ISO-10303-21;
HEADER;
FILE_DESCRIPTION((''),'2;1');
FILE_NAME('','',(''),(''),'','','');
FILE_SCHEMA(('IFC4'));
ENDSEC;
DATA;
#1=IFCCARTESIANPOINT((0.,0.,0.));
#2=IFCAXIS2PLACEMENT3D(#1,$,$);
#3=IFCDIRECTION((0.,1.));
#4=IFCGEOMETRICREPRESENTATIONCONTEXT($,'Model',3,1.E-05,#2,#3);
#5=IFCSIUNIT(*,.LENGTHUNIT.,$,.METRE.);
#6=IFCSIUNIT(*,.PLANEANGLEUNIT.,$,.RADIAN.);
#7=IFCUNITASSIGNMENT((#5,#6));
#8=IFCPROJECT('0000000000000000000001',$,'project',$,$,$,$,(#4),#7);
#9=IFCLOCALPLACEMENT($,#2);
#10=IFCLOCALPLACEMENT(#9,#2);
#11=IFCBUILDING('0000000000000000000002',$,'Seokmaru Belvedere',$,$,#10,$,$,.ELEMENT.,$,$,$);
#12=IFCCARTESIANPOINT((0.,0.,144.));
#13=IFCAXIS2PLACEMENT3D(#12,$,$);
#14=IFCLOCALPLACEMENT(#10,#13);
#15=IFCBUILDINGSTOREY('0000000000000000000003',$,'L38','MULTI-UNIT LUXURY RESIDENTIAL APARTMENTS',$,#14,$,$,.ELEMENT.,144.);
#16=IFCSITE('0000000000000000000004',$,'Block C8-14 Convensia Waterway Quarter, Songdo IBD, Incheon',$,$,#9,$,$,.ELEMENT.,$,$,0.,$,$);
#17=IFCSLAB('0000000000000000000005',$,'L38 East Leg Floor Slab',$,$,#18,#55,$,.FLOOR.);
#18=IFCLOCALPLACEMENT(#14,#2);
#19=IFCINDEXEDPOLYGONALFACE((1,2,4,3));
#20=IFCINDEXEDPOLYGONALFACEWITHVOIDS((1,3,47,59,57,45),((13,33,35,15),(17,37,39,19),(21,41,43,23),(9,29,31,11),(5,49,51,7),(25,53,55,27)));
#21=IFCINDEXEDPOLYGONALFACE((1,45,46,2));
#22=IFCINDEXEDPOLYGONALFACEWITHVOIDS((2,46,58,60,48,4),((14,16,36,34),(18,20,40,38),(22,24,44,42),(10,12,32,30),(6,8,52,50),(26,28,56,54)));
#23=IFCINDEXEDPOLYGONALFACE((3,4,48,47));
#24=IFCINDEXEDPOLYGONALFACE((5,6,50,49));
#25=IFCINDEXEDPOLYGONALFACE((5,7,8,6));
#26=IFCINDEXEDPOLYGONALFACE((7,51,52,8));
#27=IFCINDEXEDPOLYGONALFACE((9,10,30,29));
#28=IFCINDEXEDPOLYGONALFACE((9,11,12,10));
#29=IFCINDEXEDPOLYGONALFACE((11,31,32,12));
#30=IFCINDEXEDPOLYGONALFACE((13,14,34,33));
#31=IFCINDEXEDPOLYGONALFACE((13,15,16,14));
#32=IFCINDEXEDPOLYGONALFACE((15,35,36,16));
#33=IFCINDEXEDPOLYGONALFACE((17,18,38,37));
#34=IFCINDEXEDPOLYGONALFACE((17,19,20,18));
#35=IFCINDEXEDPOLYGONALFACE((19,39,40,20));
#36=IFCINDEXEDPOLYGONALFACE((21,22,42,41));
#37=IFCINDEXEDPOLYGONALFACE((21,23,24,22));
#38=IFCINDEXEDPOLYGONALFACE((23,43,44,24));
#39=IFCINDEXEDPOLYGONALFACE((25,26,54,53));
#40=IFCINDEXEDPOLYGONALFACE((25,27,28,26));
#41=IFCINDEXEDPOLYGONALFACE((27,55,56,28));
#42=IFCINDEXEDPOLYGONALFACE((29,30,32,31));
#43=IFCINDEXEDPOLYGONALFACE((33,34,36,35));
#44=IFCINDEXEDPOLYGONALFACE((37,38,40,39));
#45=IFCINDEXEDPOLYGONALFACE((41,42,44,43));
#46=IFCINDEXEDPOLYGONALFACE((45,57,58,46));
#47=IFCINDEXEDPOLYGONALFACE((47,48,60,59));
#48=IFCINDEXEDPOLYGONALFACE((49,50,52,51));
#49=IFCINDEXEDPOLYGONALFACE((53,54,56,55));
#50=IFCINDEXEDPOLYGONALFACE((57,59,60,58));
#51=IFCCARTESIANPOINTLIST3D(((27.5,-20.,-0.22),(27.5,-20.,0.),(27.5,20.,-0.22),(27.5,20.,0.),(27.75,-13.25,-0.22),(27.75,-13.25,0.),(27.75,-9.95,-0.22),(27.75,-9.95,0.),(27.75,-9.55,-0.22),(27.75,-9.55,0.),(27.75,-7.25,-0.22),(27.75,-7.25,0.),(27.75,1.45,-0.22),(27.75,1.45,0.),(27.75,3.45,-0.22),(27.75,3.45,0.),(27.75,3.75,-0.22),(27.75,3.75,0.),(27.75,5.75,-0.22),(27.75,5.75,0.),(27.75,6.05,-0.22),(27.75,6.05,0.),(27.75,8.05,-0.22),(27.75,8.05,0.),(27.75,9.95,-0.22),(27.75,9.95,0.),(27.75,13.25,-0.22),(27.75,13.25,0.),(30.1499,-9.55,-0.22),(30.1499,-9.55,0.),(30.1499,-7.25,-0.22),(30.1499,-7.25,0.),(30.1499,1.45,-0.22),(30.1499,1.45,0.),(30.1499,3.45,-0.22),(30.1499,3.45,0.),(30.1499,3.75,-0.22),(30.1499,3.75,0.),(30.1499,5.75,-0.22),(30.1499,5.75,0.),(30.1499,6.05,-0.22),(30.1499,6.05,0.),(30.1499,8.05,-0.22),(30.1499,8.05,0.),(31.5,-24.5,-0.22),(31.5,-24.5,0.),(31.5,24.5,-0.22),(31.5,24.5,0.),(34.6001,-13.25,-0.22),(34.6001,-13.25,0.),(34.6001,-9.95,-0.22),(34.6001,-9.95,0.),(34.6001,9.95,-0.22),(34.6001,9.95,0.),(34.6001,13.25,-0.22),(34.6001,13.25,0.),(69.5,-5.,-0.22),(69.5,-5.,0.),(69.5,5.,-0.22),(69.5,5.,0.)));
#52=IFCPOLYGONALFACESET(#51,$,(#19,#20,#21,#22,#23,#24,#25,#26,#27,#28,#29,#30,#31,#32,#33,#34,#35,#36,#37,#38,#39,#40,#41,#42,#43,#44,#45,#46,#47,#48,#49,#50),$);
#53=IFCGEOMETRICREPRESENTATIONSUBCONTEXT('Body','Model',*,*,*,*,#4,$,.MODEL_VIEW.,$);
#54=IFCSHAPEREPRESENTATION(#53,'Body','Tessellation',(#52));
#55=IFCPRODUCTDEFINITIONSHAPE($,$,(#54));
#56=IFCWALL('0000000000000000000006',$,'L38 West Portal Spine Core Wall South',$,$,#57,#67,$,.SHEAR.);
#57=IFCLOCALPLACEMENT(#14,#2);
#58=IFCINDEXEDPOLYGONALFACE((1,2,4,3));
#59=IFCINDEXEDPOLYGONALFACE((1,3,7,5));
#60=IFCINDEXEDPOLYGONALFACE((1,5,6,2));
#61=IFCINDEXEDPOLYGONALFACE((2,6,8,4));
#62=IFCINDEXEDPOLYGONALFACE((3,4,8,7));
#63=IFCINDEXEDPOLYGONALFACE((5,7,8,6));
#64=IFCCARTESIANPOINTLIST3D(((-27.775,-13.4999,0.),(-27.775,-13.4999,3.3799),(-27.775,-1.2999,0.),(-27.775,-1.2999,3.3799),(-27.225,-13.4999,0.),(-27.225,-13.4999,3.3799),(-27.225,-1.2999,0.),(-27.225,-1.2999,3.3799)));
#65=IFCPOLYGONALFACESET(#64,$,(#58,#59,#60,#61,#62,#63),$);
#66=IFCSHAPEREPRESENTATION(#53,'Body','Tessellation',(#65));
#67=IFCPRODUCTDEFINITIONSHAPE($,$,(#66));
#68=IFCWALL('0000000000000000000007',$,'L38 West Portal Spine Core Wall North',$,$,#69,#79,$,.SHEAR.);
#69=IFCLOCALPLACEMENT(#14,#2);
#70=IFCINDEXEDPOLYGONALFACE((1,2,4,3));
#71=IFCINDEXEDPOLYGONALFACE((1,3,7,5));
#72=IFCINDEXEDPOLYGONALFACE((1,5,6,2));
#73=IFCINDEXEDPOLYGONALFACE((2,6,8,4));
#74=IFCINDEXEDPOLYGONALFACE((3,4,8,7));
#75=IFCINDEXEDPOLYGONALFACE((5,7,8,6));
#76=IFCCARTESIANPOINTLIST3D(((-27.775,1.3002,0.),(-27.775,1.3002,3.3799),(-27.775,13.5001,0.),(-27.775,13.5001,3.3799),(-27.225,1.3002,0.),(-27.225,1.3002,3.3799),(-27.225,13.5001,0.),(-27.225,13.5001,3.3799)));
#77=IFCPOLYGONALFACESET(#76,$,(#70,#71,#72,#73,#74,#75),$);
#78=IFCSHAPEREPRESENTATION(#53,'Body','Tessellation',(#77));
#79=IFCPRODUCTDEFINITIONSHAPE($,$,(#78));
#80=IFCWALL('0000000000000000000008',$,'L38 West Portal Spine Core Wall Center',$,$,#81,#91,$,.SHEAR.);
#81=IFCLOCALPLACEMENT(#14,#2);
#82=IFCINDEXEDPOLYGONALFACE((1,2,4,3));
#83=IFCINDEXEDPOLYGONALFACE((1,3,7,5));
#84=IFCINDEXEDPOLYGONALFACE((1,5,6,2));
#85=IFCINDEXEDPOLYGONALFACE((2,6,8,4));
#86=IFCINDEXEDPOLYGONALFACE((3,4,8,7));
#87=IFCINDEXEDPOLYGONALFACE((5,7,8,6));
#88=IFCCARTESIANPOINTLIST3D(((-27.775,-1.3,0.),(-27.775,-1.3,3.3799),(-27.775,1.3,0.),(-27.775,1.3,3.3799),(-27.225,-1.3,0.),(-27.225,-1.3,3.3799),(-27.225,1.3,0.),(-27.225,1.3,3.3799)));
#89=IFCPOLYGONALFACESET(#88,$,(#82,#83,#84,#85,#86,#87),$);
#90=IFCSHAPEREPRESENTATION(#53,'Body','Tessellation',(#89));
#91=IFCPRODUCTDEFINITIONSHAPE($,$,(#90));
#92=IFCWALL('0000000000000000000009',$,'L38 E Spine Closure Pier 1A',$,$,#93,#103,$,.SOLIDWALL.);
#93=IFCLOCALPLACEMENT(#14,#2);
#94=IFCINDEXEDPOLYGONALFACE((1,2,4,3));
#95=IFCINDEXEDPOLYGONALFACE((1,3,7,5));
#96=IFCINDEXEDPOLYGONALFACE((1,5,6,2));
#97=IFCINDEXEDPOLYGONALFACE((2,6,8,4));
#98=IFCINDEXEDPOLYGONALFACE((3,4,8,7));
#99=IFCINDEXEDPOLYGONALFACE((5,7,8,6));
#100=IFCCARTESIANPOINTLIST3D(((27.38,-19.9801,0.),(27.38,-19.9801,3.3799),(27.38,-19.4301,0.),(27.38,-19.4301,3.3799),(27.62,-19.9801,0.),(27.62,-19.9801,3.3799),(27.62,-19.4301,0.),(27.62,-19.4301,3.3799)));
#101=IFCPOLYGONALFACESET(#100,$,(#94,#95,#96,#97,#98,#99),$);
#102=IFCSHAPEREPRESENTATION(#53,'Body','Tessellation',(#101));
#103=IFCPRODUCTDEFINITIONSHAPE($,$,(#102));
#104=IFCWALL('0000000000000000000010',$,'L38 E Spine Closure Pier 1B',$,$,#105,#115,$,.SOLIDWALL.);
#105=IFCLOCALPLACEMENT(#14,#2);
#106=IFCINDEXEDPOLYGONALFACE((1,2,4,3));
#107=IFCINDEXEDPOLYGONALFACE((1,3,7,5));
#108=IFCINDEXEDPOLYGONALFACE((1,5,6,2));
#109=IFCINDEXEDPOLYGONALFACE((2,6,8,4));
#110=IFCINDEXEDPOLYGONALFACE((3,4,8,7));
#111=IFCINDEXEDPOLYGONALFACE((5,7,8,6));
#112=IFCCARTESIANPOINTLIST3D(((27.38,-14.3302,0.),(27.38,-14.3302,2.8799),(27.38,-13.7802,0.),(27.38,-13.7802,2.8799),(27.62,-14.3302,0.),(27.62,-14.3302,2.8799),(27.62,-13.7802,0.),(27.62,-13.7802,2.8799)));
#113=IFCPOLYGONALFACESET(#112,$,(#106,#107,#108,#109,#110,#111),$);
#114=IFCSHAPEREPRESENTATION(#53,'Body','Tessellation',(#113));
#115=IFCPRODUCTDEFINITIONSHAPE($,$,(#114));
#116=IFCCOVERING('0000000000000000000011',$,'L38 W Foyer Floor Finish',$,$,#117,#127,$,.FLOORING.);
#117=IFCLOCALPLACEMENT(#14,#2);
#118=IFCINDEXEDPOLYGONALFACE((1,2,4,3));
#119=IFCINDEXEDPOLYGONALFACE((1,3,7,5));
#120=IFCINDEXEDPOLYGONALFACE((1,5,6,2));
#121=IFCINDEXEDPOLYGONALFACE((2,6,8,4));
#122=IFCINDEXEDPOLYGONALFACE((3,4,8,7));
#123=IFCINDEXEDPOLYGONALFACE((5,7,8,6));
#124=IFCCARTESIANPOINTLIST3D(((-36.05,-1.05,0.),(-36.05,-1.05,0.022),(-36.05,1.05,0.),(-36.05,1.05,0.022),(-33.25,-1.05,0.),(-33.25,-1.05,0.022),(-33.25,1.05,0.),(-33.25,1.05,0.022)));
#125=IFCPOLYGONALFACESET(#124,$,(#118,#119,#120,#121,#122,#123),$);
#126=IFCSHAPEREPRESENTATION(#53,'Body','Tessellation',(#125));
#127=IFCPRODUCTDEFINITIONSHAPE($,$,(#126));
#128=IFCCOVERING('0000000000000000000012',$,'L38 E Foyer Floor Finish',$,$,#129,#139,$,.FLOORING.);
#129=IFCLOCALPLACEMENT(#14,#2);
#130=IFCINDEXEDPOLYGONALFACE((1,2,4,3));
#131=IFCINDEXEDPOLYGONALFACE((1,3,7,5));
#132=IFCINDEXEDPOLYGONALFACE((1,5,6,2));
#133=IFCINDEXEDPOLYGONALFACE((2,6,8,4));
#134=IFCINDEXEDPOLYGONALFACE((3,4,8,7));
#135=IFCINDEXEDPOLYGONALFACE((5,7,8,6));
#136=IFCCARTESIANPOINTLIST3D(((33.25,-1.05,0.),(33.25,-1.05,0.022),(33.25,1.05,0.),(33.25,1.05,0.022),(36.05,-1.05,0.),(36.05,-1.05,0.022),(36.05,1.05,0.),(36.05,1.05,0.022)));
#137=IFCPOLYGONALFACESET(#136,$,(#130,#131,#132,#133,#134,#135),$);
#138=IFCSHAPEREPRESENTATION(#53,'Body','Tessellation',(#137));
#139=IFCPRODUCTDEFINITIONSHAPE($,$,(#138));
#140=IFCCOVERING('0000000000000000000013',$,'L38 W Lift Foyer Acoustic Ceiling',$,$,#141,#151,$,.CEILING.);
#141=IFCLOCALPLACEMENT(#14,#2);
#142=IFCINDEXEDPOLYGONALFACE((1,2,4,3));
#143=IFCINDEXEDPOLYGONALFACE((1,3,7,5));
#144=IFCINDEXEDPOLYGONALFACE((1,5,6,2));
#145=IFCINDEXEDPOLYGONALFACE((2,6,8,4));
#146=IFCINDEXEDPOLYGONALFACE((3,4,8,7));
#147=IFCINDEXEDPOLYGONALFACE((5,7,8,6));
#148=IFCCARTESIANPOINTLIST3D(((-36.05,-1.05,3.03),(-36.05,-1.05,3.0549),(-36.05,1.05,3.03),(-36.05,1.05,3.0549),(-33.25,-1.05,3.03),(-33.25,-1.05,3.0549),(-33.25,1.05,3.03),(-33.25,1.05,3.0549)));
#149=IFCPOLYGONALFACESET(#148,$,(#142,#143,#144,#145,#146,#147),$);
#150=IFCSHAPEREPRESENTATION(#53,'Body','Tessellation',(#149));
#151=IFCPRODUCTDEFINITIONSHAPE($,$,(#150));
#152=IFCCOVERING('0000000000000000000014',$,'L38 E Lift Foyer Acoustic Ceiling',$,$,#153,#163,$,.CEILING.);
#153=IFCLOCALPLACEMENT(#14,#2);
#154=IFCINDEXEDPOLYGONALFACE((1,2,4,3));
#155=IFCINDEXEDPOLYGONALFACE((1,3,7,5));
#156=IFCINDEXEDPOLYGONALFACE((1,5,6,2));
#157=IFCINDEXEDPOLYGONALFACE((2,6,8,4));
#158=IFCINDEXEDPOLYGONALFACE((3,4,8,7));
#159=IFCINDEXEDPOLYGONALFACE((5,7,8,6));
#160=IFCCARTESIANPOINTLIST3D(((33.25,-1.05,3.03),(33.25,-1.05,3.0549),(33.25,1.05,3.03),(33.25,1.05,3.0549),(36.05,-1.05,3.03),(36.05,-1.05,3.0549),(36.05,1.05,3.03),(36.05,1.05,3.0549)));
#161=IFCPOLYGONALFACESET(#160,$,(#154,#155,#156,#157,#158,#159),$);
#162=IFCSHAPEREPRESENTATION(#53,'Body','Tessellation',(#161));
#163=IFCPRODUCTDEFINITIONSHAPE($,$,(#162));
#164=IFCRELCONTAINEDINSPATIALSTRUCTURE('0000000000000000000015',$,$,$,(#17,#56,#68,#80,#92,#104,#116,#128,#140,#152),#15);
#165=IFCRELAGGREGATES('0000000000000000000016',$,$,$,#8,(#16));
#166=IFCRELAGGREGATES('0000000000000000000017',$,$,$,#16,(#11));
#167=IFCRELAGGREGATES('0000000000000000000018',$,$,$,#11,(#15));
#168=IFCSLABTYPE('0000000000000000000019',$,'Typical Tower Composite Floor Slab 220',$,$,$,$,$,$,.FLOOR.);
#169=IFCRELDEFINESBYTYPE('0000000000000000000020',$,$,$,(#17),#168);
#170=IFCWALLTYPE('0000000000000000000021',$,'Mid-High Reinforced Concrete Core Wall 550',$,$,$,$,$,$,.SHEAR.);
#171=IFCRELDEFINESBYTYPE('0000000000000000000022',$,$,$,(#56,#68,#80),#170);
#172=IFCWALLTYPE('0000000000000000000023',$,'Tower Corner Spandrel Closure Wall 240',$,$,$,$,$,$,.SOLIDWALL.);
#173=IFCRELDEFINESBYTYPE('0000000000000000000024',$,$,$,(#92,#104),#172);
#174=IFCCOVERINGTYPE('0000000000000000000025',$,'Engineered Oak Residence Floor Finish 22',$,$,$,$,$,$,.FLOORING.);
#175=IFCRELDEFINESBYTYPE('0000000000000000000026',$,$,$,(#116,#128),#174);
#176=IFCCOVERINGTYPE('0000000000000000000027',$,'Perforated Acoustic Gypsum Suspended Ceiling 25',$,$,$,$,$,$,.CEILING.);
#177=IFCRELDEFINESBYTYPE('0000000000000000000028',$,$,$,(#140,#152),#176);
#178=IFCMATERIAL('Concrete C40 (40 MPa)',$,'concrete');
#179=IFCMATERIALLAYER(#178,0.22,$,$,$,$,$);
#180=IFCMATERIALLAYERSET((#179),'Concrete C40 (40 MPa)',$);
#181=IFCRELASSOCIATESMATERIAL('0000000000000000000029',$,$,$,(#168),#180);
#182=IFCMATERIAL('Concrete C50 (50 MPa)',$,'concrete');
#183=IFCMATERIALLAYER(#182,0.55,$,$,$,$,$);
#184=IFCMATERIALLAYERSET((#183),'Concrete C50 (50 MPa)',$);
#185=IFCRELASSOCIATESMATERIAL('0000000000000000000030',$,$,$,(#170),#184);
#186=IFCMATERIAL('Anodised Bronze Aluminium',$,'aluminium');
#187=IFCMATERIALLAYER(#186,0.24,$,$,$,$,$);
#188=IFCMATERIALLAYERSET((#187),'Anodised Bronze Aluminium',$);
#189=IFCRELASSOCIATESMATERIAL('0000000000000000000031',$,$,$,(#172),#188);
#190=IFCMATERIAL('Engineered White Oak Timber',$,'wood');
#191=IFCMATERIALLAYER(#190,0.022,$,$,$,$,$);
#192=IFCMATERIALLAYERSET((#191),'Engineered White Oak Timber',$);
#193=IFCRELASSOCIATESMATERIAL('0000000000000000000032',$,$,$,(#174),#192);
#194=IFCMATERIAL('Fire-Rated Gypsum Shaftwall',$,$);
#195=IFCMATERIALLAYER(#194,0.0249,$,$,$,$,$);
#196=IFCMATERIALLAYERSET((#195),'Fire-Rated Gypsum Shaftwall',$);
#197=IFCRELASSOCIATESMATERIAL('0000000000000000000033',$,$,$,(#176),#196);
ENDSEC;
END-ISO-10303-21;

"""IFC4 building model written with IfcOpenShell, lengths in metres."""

from ifc_helpers import new_model, si_unit, direction, frame, frame_2d, origin, place, context, subcontext, project, spatial, polyline, rectangle, outline, extrude, material, layer, layer_set, type_object, element, save


model = new_model("IFC4")

# Units and contexts
model_context = context("Model", 3, precision=1e-05, world=origin(), true_north=direction((0.0, 1.0)))
body_context = subcontext(model_context, "Body", "Model", "MODEL_VIEW")
ifc_project = project(units=[si_unit("LENGTHUNIT", "METRE"), si_unit("PLANEANGLEUNIT", "RADIAN")], contexts=[model_context])

# Site, building, storey
site_placement = place(None, origin())
site = spatial("IfcSite", under=ifc_project, at=site_placement, Name="Block C8-14 Convensia Waterway Quarter, Songdo IBD, Incheon", CompositionType="ELEMENT", RefElevation=0.0)
building_placement = place(site_placement, origin())
building = spatial("IfcBuilding", under=site, at=building_placement, Name="Seokmaru Belvedere", CompositionType="ELEMENT")
storey_placement = place(building_placement, frame((0.0, 0.0, 144.0)))
storey = spatial("IfcBuildingStorey", under=building, at=storey_placement, Name="L38", Description="MULTI-UNIT LUXURY RESIDENTIAL APARTMENTS", CompositionType="ELEMENT", Elevation=144.0)

# Shared definitions
ifc_material_1 = material(Name="Concrete C40 (40 MPa)", Category="concrete")

# Slab
ifc_layer_1 = layer(ifc_material_1, 0.22)
ifc_layer_set_1 = layer_set([ifc_layer_1], Name="Concrete C40 (40 MPa)")
slab_type_1 = type_object("IfcSlabType", Name="Typical Tower Composite Floor Slab 220", PredefinedType="FLOOR", material=ifc_layer_set_1)
slab_1_placement = place(storey_placement, frame((0.0, 0.0, -0.22)))
element("IfcSlab", 1, at=slab_1_placement, inside=storey, type_object=slab_type_1, Name="L38 East Leg Floor Slab", PredefinedType="FLOOR", context=body_context, shape_type="SweptSolid", body=[
    extrude(outline(polyline([(31.5, -24.5), (69.5, -5.0), (69.5, 5.0), (31.5, 24.5), (27.5, 20.0), (27.5, -20.0), (31.5, -24.5)]), holes=[polyline([(27.75, -13.25), (34.6001, -13.25), (34.6001, -9.95), (27.75, -9.95), (27.75, -13.25)]), polyline([(27.75, 9.95), (34.6001, 9.95), (34.6001, 13.25), (27.75, 13.25), (27.75, 9.95)]), polyline([(27.75, -9.55), (30.1499, -9.55), (30.1499, -7.25), (27.75, -7.25), (27.75, -9.55)]), polyline([(27.75, 1.45), (30.1499, 1.45), (30.1499, 3.45), (27.75, 3.45), (27.75, 1.45)]), polyline([(27.75, 3.75), (30.1499, 3.75), (30.1499, 5.75), (27.75, 5.75), (27.75, 3.75)]), polyline([(27.75, 6.05), (30.1499, 6.05), (30.1499, 8.05), (27.75, 8.05), (27.75, 6.05)])]), origin(), (0.0, 0.0, 1.0), 0.22),
])

# Walls
ifc_material_2 = material(Name="Concrete C50 (50 MPa)", Category="concrete")
ifc_layer_2 = layer(ifc_material_2, 0.55)
ifc_layer_set_2 = layer_set([ifc_layer_2], Name="Concrete C50 (50 MPa)")
wall_type_1 = type_object("IfcWallType", Name="Mid-High Reinforced Concrete Core Wall 550", PredefinedType="SHEAR", material=ifc_layer_set_2)
for number, where, z_axis, x_axis, name in (
    (2, (-27.5, -13.5, 0.0), (0.0, 0.0, 1.0), (0.0, 1.0, 0.0), "L38 West Portal Spine Core Wall South"),
    (3, (-27.5, 1.3, 0.0), (0.0, 0.0, 1.0), (0.0, 1.0, 0.0), "L38 West Portal Spine Core Wall North"),
):
    element("IfcWall", number, at=place(storey_placement, frame(where, z_axis=z_axis, x_axis=x_axis)), inside=storey, type_object=wall_type_1, Name=name, PredefinedType="SHEAR", context=body_context, shape_type="SweptSolid", body=[
        extrude(rectangle(XDim=12.2, YDim=0.55, at=frame_2d((6.1001, 0.0))), origin(), (0.0, 0.0, 1.0), 3.3799),
    ])
wall_1_placement = place(storey_placement, frame((-27.5, -1.3, 0.0), z_axis=(0.0, 0.0, 1.0), x_axis=(0.0, 1.0, 0.0)))
element("IfcWall", 4, at=wall_1_placement, inside=storey, type_object=wall_type_1, Name="L38 West Portal Spine Core Wall Center", PredefinedType="SHEAR", context=body_context, shape_type="SweptSolid", body=[
    extrude(rectangle(XDim=2.6001, YDim=0.55, at=frame_2d((1.3, 0.0))), origin(), (0.0, 0.0, 1.0), 3.3799),
])
ifc_material_3 = material(Name="Anodised Bronze Aluminium", Category="aluminium")
ifc_layer_3 = layer(ifc_material_3, 0.24)
ifc_layer_set_3 = layer_set([ifc_layer_3], Name="Anodised Bronze Aluminium")
wall_type_2 = type_object("IfcWallType", Name="Tower Corner Spandrel Closure Wall 240", PredefinedType="SOLIDWALL", material=ifc_layer_set_3)
wall_2_placement = place(storey_placement, frame((27.5, -19.98, 0.0), z_axis=(0.0, 0.0, 1.0), x_axis=(0.0, 1.0, 0.0)))
element("IfcWall", 5, at=wall_2_placement, inside=storey, type_object=wall_type_2, Name="L38 E Spine Closure Pier 1A", PredefinedType="SOLIDWALL", context=body_context, shape_type="SweptSolid", body=[
    extrude(rectangle(XDim=0.55, YDim=0.24, at=frame_2d((0.2749, 0.0))), origin(), (0.0, 0.0, 1.0), 3.3799),
])
wall_3_placement = place(storey_placement, frame((27.5, -14.3301, 0.0), z_axis=(0.0, 0.0, 1.0), x_axis=(0.0, 1.0, 0.0)))
element("IfcWall", 6, at=wall_3_placement, inside=storey, type_object=wall_type_2, Name="L38 E Spine Closure Pier 1B", PredefinedType="SOLIDWALL", context=body_context, shape_type="SweptSolid", body=[
    extrude(rectangle(XDim=0.55, YDim=0.24, at=frame_2d((0.2749, 0.0))), origin(), (0.0, 0.0, 1.0), 2.8799),
])

# Coverings
ifc_material_4 = material(Name="Engineered White Oak Timber", Category="wood")
ifc_layer_4 = layer(ifc_material_4, 0.022)
ifc_layer_set_4 = layer_set([ifc_layer_4], Name="Engineered White Oak Timber")
covering_type_1 = type_object("IfcCoveringType", Name="Engineered Oak Residence Floor Finish 22", PredefinedType="FLOORING", material=ifc_layer_set_4)
covering_1_placement = place(storey_placement, origin())
element("IfcCovering", 7, at=covering_1_placement, inside=storey, type_object=covering_type_1, Name="L38 W Foyer Floor Finish", PredefinedType="FLOORING", context=body_context, shape_type="SweptSolid", body=[
    extrude(outline(polyline([(-36.05, -1.05), (-33.25, -1.05), (-33.25, 1.05), (-36.05, 1.05), (-36.05, -1.05)])), origin(), (0.0, 0.0, 1.0), 0.022),
])
covering_2_placement = place(storey_placement, origin())
element("IfcCovering", 8, at=covering_2_placement, inside=storey, type_object=covering_type_1, Name="L38 E Foyer Floor Finish", PredefinedType="FLOORING", context=body_context, shape_type="SweptSolid", body=[
    extrude(outline(polyline([(33.25, -1.05), (36.05, -1.05), (36.05, 1.05), (33.25, 1.05), (33.25, -1.05)])), origin(), (0.0, 0.0, 1.0), 0.022),
])
ifc_material_5 = material(Name="Fire-Rated Gypsum Shaftwall")
ifc_layer_5 = layer(ifc_material_5, 0.0249)
ifc_layer_set_5 = layer_set([ifc_layer_5], Name="Fire-Rated Gypsum Shaftwall")
covering_type_2 = type_object("IfcCoveringType", Name="Perforated Acoustic Gypsum Suspended Ceiling 25", PredefinedType="CEILING", material=ifc_layer_set_5)
covering_3_placement = place(storey_placement, frame((0.0, 0.0, 3.03)))
element("IfcCovering", 9, at=covering_3_placement, inside=storey, type_object=covering_type_2, Name="L38 W Lift Foyer Acoustic Ceiling", PredefinedType="CEILING", context=body_context, shape_type="SweptSolid", body=[
    extrude(outline(polyline([(-36.05, -1.05), (-33.25, -1.05), (-33.25, 1.05), (-36.05, 1.05), (-36.05, -1.05)])), origin(), (0.0, 0.0, 1.0), 0.0249),
])
covering_4_placement = place(storey_placement, frame((0.0, 0.0, 3.03)))
element("IfcCovering", 10, at=covering_4_placement, inside=storey, type_object=covering_type_2, Name="L38 E Lift Foyer Acoustic Ceiling", PredefinedType="CEILING", context=body_context, shape_type="SweptSolid", body=[
    extrude(outline(polyline([(33.25, -1.05), (36.05, -1.05), (36.05, 1.05), (33.25, 1.05), (33.25, -1.05)])), origin(), (0.0, 0.0, 1.0), 0.0249),
])

save(model, "model.ifc")
